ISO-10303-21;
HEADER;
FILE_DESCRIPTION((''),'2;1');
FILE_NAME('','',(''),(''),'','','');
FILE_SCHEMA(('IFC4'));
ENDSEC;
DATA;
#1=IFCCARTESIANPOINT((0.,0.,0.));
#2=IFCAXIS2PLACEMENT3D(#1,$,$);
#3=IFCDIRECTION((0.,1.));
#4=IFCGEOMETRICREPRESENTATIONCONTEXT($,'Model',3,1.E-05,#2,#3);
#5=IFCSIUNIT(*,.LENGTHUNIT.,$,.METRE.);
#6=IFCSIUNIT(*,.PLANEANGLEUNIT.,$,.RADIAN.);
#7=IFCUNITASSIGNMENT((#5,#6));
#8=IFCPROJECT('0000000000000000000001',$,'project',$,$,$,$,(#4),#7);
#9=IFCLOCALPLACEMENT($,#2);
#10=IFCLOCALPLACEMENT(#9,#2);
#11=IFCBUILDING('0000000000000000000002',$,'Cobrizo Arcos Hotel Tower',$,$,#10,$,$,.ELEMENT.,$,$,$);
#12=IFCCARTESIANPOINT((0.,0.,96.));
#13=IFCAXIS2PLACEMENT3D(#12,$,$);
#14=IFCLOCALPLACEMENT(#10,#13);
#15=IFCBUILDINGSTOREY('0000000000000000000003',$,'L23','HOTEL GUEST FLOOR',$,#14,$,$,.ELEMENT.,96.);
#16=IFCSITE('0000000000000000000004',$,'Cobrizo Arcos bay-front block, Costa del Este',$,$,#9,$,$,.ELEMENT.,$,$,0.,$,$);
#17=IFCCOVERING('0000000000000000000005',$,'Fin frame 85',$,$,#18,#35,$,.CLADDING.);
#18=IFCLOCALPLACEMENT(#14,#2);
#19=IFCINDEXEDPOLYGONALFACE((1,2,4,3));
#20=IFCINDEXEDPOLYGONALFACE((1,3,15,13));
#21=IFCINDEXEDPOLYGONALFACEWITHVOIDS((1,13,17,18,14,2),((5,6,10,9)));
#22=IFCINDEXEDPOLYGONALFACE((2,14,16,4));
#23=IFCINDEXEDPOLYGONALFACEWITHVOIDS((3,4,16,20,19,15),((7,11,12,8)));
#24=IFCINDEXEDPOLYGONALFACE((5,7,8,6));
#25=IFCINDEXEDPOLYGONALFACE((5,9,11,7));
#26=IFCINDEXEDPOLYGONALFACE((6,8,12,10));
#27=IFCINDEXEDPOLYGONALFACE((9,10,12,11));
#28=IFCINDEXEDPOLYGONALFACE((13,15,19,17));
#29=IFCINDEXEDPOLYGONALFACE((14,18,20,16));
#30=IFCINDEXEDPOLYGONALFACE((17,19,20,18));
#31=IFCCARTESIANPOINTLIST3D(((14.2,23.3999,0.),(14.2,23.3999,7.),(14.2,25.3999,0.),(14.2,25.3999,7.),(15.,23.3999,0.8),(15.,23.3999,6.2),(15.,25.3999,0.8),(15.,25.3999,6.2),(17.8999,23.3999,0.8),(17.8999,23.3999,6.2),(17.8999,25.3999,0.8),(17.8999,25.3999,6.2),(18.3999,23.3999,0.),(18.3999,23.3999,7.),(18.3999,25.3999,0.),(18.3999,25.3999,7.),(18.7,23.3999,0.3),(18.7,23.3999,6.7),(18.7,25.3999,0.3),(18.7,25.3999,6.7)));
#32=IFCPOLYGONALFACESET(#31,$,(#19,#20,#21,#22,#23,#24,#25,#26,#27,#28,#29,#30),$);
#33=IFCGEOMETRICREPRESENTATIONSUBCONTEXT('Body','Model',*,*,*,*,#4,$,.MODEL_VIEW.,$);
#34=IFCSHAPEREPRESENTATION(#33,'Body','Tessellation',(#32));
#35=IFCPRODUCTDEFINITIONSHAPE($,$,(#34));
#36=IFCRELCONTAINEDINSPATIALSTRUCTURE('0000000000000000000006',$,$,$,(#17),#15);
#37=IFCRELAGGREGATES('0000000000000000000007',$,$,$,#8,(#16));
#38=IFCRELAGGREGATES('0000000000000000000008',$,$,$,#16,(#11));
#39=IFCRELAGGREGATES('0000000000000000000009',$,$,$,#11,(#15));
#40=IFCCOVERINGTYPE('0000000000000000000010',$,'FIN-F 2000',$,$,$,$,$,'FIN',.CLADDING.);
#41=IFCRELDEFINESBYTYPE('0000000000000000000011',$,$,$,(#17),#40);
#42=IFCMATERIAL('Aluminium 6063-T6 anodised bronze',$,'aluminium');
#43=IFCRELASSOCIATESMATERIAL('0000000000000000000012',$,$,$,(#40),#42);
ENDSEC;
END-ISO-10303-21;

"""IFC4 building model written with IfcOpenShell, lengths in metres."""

from ifc_helpers import new_model, si_unit, direction, frame, origin, place, context, subcontext, project, spatial, polyline, outline, extrude, material, type_object, element, save


model = new_model("IFC4")

# Units and contexts
model_context = context("Model", 3, precision=1e-05, world=origin(), true_north=direction((0.0, 1.0)))
body_context = subcontext(model_context, "Body", "Model", "MODEL_VIEW")
ifc_project = project(units=[si_unit("LENGTHUNIT", "METRE"), si_unit("PLANEANGLEUNIT", "RADIAN")], contexts=[model_context])

# Site, building, storey
site_placement = place(None, origin())
site = spatial("IfcSite", under=ifc_project, at=site_placement, Name="Cobrizo Arcos bay-front block, Costa del Este", CompositionType="ELEMENT", RefElevation=0.0)
building_placement = place(site_placement, origin())
building = spatial("IfcBuilding", under=site, at=building_placement, Name="Cobrizo Arcos Hotel Tower", CompositionType="ELEMENT")
storey_placement = place(building_placement, frame((0.0, 0.0, 96.0)))
storey = spatial("IfcBuildingStorey", under=building, at=storey_placement, Name="L23", Description="HOTEL GUEST FLOOR", CompositionType="ELEMENT", Elevation=96.0)

# Shared definitions
ifc_material_1 = material(Name="Aluminium 6063-T6 anodised bronze", Category="aluminium")

# Covering
covering_type = type_object("IfcCoveringType", Name="FIN-F 2000", ElementType="FIN", PredefinedType="CLADDING", material=ifc_material_1)
covering_placement = place(storey_placement, frame((18.7, 23.3999, 0.0), z_axis=(0.0, 1.0, 0.0), x_axis=(-1.0, 0.0, 0.0)))
element("IfcCovering", 1, at=covering_placement, inside=storey, type_object=covering_type, Name="Fin frame 85", PredefinedType="CLADDING", context=body_context, shape_type="SweptSolid", body=[
    extrude(outline(polyline([(0.0, 0.3), (0.3, 0.0), (4.5, 0.0), (4.5, 7.0), (0.3, 7.0), (0.0, 6.7), (0.0, 0.3)]), holes=[polyline([(3.7, 0.8), (0.8, 0.8), (0.8, 6.2), (3.7, 6.2), (3.7, 0.8)])]), origin(), (0.0, 0.0, 1.0), 2.0),
])

save(model, "model.ifc")
